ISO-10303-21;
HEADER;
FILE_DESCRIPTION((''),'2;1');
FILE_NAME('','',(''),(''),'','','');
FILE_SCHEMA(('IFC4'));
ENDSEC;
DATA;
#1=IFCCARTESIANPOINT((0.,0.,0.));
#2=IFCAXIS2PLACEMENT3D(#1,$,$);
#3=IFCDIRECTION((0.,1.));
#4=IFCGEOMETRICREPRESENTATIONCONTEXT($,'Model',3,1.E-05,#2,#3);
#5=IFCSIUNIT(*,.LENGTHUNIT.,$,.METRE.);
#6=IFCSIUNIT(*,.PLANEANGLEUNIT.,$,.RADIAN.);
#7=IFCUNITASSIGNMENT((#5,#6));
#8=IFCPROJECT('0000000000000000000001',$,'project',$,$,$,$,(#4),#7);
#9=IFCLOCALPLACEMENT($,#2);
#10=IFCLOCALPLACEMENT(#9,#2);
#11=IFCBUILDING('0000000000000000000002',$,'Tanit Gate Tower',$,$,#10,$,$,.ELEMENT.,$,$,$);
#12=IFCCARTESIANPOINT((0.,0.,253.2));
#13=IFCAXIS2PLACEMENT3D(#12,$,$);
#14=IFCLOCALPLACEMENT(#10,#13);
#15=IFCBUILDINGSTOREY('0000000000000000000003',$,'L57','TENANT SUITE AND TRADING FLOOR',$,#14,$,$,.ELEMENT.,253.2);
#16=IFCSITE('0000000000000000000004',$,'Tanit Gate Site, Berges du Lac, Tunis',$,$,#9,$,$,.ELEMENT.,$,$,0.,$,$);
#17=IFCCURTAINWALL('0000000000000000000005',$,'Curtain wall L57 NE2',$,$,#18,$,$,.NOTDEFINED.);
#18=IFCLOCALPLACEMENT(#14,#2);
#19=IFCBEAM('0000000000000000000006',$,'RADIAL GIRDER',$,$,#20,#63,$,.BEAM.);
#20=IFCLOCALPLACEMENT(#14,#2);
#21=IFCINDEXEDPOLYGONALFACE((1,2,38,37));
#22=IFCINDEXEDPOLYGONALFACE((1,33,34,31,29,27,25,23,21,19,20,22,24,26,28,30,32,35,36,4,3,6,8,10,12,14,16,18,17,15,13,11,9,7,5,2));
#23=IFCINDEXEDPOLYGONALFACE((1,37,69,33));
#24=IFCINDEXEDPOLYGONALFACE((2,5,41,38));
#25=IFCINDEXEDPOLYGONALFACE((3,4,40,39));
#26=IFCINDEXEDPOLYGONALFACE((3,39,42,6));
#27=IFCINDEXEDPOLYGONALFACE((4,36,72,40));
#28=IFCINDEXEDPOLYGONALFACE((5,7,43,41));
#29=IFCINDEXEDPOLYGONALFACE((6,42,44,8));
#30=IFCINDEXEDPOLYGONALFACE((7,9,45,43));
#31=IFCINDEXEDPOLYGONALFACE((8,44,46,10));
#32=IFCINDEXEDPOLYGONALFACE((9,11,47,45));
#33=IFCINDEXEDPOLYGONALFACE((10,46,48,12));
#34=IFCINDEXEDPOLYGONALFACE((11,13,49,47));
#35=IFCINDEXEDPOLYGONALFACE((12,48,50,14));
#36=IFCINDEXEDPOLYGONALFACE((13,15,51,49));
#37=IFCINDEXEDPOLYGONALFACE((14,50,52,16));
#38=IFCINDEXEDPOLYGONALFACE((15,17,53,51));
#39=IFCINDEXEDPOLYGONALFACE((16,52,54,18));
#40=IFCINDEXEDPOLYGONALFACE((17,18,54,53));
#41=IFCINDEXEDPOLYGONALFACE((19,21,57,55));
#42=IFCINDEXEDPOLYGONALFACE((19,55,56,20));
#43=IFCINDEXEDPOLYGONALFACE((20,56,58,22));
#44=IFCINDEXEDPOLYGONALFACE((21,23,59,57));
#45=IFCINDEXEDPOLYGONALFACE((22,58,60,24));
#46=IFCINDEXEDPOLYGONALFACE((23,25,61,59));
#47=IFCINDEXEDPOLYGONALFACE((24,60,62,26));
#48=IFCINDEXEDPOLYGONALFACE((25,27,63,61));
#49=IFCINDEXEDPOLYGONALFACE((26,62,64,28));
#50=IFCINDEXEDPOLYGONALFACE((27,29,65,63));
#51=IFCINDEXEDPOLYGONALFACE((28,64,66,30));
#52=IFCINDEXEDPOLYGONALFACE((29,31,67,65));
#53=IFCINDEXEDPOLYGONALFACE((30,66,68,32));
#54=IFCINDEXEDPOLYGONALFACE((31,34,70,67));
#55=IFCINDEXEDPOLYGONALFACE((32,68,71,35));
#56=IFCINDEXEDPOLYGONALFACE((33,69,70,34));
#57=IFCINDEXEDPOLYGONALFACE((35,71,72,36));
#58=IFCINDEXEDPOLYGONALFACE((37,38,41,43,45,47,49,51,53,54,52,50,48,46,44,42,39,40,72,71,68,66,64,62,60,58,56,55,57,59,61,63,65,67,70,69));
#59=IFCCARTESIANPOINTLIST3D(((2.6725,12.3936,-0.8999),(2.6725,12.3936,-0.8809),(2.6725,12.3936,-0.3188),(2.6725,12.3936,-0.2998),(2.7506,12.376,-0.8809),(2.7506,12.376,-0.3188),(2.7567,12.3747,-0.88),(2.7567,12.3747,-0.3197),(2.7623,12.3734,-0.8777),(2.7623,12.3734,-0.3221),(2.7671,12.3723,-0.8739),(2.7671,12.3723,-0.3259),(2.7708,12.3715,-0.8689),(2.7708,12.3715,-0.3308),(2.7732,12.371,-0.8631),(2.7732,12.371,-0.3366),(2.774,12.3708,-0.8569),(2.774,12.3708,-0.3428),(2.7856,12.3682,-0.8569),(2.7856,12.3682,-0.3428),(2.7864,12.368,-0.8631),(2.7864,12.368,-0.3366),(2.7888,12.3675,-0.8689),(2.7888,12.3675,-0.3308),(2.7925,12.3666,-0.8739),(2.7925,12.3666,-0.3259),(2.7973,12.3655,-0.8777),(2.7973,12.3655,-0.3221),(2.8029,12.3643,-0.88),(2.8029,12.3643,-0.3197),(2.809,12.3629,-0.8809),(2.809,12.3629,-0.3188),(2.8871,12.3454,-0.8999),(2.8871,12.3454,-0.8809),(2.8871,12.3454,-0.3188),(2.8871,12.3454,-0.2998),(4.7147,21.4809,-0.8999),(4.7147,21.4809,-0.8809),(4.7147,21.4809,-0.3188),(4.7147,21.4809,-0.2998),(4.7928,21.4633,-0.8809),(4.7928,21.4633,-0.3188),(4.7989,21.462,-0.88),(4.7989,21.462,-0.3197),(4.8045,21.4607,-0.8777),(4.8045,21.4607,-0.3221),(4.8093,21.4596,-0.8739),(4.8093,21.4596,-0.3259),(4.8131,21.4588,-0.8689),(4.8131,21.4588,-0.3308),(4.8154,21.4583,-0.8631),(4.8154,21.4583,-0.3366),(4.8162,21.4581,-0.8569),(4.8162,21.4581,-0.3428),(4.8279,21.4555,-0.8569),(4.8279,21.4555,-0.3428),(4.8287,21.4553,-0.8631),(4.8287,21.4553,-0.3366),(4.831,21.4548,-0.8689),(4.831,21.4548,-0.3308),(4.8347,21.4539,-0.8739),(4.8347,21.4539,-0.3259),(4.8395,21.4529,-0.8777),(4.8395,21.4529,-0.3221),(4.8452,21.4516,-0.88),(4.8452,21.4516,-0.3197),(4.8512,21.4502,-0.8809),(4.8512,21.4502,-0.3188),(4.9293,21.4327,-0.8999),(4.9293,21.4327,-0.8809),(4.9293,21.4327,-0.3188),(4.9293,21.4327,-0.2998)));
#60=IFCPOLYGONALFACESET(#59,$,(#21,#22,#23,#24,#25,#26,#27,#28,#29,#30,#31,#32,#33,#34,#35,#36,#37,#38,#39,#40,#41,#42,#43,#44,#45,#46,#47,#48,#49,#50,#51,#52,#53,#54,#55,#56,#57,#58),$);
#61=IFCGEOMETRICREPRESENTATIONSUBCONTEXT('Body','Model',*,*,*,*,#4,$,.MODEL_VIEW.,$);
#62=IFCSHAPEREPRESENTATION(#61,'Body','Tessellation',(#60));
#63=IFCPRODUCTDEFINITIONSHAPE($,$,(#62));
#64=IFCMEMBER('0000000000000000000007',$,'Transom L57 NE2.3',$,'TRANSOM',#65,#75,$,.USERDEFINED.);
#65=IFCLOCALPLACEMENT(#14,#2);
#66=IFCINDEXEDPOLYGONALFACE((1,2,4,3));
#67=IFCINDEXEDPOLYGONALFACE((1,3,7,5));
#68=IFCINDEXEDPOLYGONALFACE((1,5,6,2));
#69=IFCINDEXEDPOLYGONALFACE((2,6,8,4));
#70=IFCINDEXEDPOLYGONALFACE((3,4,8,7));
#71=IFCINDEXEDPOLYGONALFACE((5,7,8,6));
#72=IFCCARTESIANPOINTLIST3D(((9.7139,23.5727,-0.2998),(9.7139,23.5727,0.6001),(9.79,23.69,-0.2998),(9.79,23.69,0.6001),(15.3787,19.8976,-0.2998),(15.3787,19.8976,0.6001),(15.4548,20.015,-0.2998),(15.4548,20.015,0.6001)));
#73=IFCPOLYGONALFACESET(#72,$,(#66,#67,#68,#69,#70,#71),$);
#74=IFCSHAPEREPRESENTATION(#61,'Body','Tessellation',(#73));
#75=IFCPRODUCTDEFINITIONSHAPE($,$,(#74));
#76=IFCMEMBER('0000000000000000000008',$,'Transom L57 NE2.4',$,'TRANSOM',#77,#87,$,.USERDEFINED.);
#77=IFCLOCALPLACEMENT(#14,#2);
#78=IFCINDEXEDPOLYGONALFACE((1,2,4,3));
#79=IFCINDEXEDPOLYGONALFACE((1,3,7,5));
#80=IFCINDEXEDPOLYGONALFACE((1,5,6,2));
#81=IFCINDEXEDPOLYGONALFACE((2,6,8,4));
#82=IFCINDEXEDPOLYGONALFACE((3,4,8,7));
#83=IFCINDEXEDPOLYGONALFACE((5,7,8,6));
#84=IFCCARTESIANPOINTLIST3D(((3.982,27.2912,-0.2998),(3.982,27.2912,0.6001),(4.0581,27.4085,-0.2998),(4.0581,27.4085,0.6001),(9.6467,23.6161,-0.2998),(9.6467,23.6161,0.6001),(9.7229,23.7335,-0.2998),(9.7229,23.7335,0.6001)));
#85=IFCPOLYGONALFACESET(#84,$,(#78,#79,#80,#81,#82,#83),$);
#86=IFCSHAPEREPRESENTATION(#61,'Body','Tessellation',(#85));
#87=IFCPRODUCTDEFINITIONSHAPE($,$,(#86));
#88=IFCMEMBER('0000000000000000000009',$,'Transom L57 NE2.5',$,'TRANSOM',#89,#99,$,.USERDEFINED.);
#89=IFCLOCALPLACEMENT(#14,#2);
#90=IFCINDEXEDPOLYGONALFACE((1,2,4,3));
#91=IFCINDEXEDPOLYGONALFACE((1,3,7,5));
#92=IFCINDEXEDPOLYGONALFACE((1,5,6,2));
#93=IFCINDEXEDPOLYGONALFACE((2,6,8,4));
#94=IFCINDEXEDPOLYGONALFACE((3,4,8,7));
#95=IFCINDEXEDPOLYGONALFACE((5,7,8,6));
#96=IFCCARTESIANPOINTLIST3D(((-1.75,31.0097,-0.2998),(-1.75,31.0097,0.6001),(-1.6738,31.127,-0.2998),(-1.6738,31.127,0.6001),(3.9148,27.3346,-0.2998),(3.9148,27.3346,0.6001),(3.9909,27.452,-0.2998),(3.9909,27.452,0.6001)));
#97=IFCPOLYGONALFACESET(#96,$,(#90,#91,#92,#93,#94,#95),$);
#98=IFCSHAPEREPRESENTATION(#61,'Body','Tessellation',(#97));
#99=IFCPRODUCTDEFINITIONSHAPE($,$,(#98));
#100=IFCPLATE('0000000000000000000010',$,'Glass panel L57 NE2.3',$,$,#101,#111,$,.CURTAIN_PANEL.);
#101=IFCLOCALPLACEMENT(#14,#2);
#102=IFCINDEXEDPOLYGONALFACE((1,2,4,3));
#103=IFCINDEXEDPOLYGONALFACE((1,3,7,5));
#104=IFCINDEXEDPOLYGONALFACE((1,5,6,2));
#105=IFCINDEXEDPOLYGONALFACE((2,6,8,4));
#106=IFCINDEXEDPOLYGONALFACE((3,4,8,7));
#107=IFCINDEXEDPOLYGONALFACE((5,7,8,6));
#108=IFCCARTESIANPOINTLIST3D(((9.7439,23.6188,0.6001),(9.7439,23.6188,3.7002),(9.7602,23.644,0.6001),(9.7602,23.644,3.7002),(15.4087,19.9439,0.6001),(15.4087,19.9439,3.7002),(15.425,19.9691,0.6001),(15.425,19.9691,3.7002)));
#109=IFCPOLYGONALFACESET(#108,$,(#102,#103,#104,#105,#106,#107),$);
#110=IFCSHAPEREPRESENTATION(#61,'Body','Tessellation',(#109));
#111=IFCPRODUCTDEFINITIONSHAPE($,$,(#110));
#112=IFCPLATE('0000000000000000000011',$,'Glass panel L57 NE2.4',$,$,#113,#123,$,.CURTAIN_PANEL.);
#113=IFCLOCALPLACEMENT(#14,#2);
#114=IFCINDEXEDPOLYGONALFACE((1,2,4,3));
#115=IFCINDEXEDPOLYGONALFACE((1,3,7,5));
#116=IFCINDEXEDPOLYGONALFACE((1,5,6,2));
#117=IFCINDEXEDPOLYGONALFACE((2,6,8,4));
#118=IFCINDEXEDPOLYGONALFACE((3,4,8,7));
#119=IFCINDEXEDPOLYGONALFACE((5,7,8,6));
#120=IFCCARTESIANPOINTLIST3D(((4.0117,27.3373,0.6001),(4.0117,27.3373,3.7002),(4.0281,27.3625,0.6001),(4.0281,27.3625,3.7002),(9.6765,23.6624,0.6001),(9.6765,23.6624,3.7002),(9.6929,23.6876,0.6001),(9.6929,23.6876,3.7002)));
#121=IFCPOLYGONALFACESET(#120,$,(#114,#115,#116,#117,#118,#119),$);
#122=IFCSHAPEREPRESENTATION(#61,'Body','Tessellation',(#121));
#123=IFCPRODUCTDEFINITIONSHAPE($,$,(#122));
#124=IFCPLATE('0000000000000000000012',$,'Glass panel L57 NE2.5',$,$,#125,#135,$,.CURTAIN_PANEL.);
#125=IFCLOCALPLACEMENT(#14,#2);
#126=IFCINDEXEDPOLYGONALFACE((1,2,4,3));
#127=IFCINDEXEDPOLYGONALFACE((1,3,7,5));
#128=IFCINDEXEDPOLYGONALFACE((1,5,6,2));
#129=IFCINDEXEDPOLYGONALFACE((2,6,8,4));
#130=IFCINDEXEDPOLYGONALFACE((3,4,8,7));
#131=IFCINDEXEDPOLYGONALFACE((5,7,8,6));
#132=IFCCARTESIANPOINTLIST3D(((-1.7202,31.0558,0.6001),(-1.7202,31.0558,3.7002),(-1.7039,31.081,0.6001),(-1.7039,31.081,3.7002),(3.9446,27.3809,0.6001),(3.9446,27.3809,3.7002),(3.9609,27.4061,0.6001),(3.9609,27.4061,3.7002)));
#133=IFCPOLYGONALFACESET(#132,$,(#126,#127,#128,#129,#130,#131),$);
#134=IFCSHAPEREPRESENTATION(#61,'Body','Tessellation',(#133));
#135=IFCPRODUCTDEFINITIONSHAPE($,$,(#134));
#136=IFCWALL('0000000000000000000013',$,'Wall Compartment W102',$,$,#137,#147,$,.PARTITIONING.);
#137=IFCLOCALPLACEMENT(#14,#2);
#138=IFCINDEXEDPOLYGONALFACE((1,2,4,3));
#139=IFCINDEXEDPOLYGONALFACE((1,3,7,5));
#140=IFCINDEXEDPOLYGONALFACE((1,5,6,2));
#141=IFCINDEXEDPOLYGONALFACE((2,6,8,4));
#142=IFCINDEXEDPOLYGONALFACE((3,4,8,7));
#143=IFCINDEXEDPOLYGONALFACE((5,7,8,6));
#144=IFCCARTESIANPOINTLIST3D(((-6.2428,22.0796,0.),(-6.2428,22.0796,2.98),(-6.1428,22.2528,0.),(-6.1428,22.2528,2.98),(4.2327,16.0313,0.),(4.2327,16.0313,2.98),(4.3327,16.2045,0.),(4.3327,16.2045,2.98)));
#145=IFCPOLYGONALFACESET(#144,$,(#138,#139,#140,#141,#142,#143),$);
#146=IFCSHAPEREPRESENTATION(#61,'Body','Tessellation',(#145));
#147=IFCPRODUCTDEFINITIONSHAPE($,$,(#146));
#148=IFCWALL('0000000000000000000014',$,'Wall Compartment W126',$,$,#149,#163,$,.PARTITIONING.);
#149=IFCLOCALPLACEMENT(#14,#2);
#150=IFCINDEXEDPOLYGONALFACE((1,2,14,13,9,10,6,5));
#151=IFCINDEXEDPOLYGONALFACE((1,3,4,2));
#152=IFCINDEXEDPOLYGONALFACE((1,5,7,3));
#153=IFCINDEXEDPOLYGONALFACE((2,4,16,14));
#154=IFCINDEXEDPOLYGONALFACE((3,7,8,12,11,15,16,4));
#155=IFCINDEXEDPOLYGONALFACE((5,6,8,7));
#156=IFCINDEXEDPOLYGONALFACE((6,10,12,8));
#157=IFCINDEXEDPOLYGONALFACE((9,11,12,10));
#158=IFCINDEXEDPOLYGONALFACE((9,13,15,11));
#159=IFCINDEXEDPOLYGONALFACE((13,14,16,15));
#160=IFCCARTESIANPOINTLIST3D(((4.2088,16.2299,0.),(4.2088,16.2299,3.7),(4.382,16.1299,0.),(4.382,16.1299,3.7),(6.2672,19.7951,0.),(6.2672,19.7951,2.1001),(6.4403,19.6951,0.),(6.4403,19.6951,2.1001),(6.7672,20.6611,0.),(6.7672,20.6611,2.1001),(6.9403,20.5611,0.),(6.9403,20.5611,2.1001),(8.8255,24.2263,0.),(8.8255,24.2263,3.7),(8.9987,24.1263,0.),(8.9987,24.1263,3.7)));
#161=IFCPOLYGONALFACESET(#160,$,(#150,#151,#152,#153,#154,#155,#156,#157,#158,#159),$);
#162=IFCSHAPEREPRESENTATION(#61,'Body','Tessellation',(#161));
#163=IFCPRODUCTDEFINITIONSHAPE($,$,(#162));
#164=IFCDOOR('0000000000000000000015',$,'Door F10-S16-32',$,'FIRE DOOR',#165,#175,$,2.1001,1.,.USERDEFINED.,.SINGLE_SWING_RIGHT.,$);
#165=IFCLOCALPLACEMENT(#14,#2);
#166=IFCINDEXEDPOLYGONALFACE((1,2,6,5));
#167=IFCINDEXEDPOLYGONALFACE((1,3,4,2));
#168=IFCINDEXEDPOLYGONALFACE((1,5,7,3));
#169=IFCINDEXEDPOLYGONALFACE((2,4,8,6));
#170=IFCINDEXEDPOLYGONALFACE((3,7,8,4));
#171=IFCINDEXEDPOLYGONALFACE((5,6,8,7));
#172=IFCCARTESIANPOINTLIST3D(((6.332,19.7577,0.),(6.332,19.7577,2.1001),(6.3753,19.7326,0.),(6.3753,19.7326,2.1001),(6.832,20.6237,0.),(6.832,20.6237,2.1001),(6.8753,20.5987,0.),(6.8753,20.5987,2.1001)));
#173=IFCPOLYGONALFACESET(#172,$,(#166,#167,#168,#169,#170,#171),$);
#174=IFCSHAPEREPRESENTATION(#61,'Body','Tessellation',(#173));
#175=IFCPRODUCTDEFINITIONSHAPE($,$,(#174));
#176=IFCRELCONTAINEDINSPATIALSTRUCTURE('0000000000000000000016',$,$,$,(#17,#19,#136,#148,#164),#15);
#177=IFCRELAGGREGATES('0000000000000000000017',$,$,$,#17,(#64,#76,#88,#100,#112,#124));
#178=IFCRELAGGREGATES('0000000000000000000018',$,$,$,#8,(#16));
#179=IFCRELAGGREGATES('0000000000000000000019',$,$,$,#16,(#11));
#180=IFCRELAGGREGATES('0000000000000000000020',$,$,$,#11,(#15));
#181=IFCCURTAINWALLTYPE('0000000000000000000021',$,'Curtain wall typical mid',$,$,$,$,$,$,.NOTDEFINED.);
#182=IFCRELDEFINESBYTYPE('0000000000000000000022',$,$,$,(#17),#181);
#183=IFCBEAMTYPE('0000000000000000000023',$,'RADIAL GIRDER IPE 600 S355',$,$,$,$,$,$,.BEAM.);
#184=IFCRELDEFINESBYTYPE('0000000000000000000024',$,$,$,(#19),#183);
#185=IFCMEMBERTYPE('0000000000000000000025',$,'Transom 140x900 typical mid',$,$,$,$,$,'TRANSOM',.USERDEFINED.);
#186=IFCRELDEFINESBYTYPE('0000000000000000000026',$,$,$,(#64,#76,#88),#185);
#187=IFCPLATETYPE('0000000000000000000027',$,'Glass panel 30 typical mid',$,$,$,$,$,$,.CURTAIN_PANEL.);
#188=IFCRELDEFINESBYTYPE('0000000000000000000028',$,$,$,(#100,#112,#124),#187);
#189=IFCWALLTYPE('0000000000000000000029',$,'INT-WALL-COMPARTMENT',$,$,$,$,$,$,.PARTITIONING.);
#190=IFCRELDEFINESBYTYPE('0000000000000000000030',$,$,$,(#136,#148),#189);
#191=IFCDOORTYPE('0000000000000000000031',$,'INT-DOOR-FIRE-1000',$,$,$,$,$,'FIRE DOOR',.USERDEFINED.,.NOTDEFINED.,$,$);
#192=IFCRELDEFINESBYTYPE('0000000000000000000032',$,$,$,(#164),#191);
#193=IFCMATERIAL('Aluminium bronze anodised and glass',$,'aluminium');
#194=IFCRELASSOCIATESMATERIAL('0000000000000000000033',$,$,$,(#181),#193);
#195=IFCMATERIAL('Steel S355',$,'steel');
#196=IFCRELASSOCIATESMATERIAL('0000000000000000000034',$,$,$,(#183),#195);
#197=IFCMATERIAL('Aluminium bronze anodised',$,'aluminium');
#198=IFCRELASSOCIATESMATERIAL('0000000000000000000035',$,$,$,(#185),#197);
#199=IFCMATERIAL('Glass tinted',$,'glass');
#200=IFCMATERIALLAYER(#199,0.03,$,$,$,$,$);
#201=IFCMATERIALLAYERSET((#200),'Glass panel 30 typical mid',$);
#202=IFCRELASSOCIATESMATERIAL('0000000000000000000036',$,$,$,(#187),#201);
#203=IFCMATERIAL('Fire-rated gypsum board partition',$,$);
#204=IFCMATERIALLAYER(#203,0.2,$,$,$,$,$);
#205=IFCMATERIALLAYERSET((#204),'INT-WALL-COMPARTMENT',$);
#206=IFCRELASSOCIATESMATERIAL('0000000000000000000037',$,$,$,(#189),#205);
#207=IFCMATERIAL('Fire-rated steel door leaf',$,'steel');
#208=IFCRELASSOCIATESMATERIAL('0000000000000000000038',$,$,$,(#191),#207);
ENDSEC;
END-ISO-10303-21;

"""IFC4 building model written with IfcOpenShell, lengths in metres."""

from ifc_helpers import new_model, si_unit, direction, frame, frame_2d, origin, origin_2d, place, context, subcontext, project, spatial, rectangle, i_section, extrude, material, layer, layer_set, material_profile, profile_set, type_object, element, fill, aggregate, save


model = new_model("IFC4")

# Units and contexts
model_context = context("Model", 3, precision=1e-05, world=origin(), true_north=direction((0.0, 1.0)))
body_context = subcontext(model_context, "Body", "Model", "MODEL_VIEW")
ifc_project = project(units=[si_unit("LENGTHUNIT", "METRE"), si_unit("PLANEANGLEUNIT", "RADIAN")], contexts=[model_context])

# Site, building, storey
site_placement = place(None, origin())
site = spatial("IfcSite", under=ifc_project, at=site_placement, Name="Tanit Gate Site, Berges du Lac, Tunis", CompositionType="ELEMENT", RefElevation=0.0)
building_placement = place(site_placement, origin())
building = spatial("IfcBuilding", under=site, at=building_placement, Name="Tanit Gate Tower", CompositionType="ELEMENT")
storey_placement = place(building_placement, frame((0.0, 0.0, 253.2)))
storey = spatial("IfcBuildingStorey", under=building, at=storey_placement, Name="L57", Description="TENANT SUITE AND TRADING FLOOR", CompositionType="ELEMENT", Elevation=253.2)

# Curtain wall
ifc_material_1 = material(Name="Aluminium bronze anodised and glass", Category="aluminium")
curtain_wall_type = type_object("IfcCurtainWallType", Name="Curtain wall typical mid", PredefinedType="NOTDEFINED", material=ifc_material_1)
curtain_wall_placement = place(storey_placement, origin())
curtain_wall = element("IfcCurtainWall", 1, at=curtain_wall_placement, inside=storey, type_object=curtain_wall_type, Name="Curtain wall L57 NE2", PredefinedType="NOTDEFINED")

# Beam
ifc_material_2 = material(Name="Steel S355", Category="steel")
ifc_material_profile_1 = material_profile(ifc_material_2, i_section(OverallWidth=0.22, OverallDepth=0.6001, WebThickness=0.012, FlangeThickness=0.019, FilletRadius=0.0239, at=origin_2d()), Name="IPE 600")
ifc_profile_set_1 = profile_set([ifc_material_profile_1], Name="Steel S355")
beam_type_1 = type_object("IfcBeamType", Name="RADIAL GIRDER IPE 600 S355", PredefinedType="BEAM", material=ifc_profile_set_1)
beam_1_placement = place(storey_placement, frame((4.822, 21.4568, -0.5999), z_axis=(-0.219264, -0.975666, 0.0), x_axis=(0.975666, -0.219264, 0.0)))
element("IfcBeam", 2, at=beam_1_placement, inside=storey, type_object=beam_type_1, Name="RADIAL GIRDER", PredefinedType="BEAM", context=body_context, shape_type="SweptSolid", body=[
    extrude(i_section(OverallWidth=0.22, OverallDepth=0.6001, WebThickness=0.012, FlangeThickness=0.019, FilletRadius=0.0239, at=origin_2d()), origin(), (0.0, 0.0, 1.0), 9.314),
])

# Members
ifc_material_3 = material(Name="Aluminium bronze anodised", Category="aluminium")
ifc_material_profile_2 = material_profile(ifc_material_3, rectangle(XDim=0.1399, YDim=0.8999, at=origin_2d()), Name="140x900 bronze transom")
ifc_profile_set_2 = profile_set([ifc_material_profile_2], Name="Aluminium bronze anodised")
member_type_1 = type_object("IfcMemberType", Name="Transom 140x900 typical mid", ElementType="TRANSOM", PredefinedType="USERDEFINED", material=ifc_profile_set_2)
member_1_placement = place(storey_placement, frame((15.4167, 19.9563, 0.1501), z_axis=(-0.838922, 0.544252, 0.0), x_axis=(-0.544252, -0.838922, 0.0)))
member_1 = element("IfcMember", 3, at=member_1_placement, type_object=member_type_1, Name="Transom L57 NE2.3", ObjectType="TRANSOM", PredefinedType="USERDEFINED", context=body_context, shape_type="SweptSolid", body=[
    extrude(rectangle(XDim=0.1399, YDim=0.8999, at=origin_2d()), origin(), (0.0, 0.0, 1.0), 6.7524),
])
member_2_placement = place(storey_placement, frame((9.6848, 23.6748, 0.1501), z_axis=(-0.838922, 0.544252, 0.0), x_axis=(-0.544252, -0.838922, 0.0)))
member_2 = element("IfcMember", 4, at=member_2_placement, type_object=member_type_1, Name="Transom L57 NE2.4", ObjectType="TRANSOM", PredefinedType="USERDEFINED", context=body_context, shape_type="SweptSolid", body=[
    extrude(rectangle(XDim=0.1399, YDim=0.8999, at=origin_2d()), origin(), (0.0, 0.0, 1.0), 6.7524),
])
member_3_placement = place(storey_placement, frame((3.9529, 27.3933, 0.1501), z_axis=(-0.838922, 0.544252, 0.0), x_axis=(-0.544252, -0.838922, 0.0)))
member_3 = element("IfcMember", 5, at=member_3_placement, type_object=member_type_1, Name="Transom L57 NE2.5", ObjectType="TRANSOM", PredefinedType="USERDEFINED", context=body_context, shape_type="SweptSolid", body=[
    extrude(rectangle(XDim=0.1399, YDim=0.8999, at=origin_2d()), origin(), (0.0, 0.0, 1.0), 6.7524),
])

# Plates
ifc_material_4 = material(Name="Glass tinted", Category="glass")
ifc_layer_1 = layer(ifc_material_4, 0.03)
ifc_layer_set_1 = layer_set([ifc_layer_1], Name="Glass panel 30 typical mid")
plate_type = type_object("IfcPlateType", Name="Glass panel 30 typical mid", PredefinedType="CURTAIN_PANEL", material=ifc_layer_set_1)
plate_1_placement = place(storey_placement, frame((12.5845, 21.7939, 0.6001), z_axis=(0.0, 0.0, 1.0), x_axis=(-0.838927, 0.544243, 0.0)))
plate_1 = element("IfcPlate", 6, at=plate_1_placement, type_object=plate_type, Name="Glass panel L57 NE2.3", PredefinedType="CURTAIN_PANEL", context=body_context, shape_type="SweptSolid", body=[
    extrude(rectangle(XDim=6.7524, YDim=0.03, at=origin_2d()), origin(), (0.0, 0.0, 1.0), 3.1001),
])
plate_2_placement = place(storey_placement, frame((6.8523, 25.5125, 0.6001), z_axis=(0.0, 0.0, 1.0), x_axis=(-0.838927, 0.544243, 0.0)))
plate_2 = element("IfcPlate", 7, at=plate_2_placement, type_object=plate_type, Name="Glass panel L57 NE2.4", PredefinedType="CURTAIN_PANEL", context=body_context, shape_type="SweptSolid", body=[
    extrude(rectangle(XDim=6.7524, YDim=0.03, at=origin_2d()), origin(), (0.0, 0.0, 1.0), 3.1001),
])
plate_3_placement = place(storey_placement, frame((1.1204, 29.231, 0.6001), z_axis=(0.0, 0.0, 1.0), x_axis=(-0.838927, 0.544243, 0.0)))
plate_3 = element("IfcPlate", 8, at=plate_3_placement, type_object=plate_type, Name="Glass panel L57 NE2.5", PredefinedType="CURTAIN_PANEL", context=body_context, shape_type="SweptSolid", body=[
    extrude(rectangle(XDim=6.7524, YDim=0.03, at=origin_2d()), origin(), (0.0, 0.0, 1.0), 3.1001),
])
aggregate(curtain_wall, [member_1, member_2, member_3, plate_1, plate_2, plate_3])

# Wall
ifc_material_5 = material(Name="Fire-rated gypsum board partition")
ifc_layer_2 = layer(ifc_material_5, 0.2)
ifc_layer_set_2 = layer_set([ifc_layer_2], Name="INT-WALL-COMPARTMENT")
wall_type_1 = type_object("IfcWallType", Name="INT-WALL-COMPARTMENT", PredefinedType="PARTITIONING", material=ifc_layer_set_2)
wall_1_placement = place(storey_placement, frame((4.2827, 16.1179, 0.0), z_axis=(0.0, 0.0, 1.0), x_axis=(-0.866016, 0.500016, 0.0)))
element("IfcWall", 9, at=wall_1_placement, inside=storey, type_object=wall_type_1, Name="Wall Compartment W102", PredefinedType="PARTITIONING", context=body_context, shape_type="SweptSolid", body=[
    extrude(rectangle(XDim=12.0962, YDim=0.2, at=frame_2d((6.0481, 0.0))), origin(), (0.0, 0.0, 1.0), 2.98),
])

# Wall, opening, door
wall_2_placement = place(storey_placement, frame((8.9121, 24.1763, 0.0), z_axis=(0.0, 0.0, 1.0), x_axis=(-0.500001, -0.866025, 0.0)))
wall_2 = element("IfcWall", 10, at=wall_2_placement, inside=storey, type_object=wall_type_1, Name="Wall Compartment W126", PredefinedType="PARTITIONING", context=body_context, shape_type="SweptSolid", body=[
    extrude(rectangle(XDim=9.2334, YDim=0.2, at=frame_2d((4.6167, 0.0))), origin(), (0.0, 0.0, 1.0), 3.7),
])
opening_1_placement = place(wall_2_placement, frame((4.1167, 0.0, 0.0)))
opening_1 = element("IfcOpeningElement", 11, at=opening_1_placement, cuts=wall_2, PredefinedType="OPENING", context=body_context, shape_type="SweptSolid", body=[
    extrude(rectangle(XDim=1.0, YDim=2.1001, at=frame_2d((0.5, 1.05))), frame((0.0, 0.1099, 0.0), z_axis=(0.0, -1.0, 0.0), x_axis=(1.0, 0.0, 0.0)), (0.0, 0.0, 1.0), 0.22),
])
ifc_material_6 = material(Name="Fire-rated steel door leaf", Category="steel")
door_type_1 = type_object("IfcDoorType", Name="INT-DOOR-FIRE-1000", ElementType="FIRE DOOR", OperationType="NOTDEFINED", PredefinedType="USERDEFINED", material=ifc_material_6)
door_1_placement = place(opening_1_placement, origin())
door_1 = element("IfcDoor", 12, at=door_1_placement, inside=storey, type_object=door_type_1, Name="Door F10-S16-32", ObjectType="FIRE DOOR", OperationType="SINGLE_SWING_RIGHT", OverallHeight=2.1001, OverallWidth=1.0, PredefinedType="USERDEFINED", context=body_context, shape_type="SweptSolid", body=[
    extrude(rectangle(XDim=1.0, YDim=2.1001, at=frame_2d((0.5, 1.05))), frame((0.0, 0.0249, 0.0), z_axis=(0.0, -1.0, 0.0), x_axis=(1.0, 0.0, 0.0)), (0.0, 0.0, 1.0), 0.05),
])
fill(opening_1, door_1)

save(model, "model.ifc")
